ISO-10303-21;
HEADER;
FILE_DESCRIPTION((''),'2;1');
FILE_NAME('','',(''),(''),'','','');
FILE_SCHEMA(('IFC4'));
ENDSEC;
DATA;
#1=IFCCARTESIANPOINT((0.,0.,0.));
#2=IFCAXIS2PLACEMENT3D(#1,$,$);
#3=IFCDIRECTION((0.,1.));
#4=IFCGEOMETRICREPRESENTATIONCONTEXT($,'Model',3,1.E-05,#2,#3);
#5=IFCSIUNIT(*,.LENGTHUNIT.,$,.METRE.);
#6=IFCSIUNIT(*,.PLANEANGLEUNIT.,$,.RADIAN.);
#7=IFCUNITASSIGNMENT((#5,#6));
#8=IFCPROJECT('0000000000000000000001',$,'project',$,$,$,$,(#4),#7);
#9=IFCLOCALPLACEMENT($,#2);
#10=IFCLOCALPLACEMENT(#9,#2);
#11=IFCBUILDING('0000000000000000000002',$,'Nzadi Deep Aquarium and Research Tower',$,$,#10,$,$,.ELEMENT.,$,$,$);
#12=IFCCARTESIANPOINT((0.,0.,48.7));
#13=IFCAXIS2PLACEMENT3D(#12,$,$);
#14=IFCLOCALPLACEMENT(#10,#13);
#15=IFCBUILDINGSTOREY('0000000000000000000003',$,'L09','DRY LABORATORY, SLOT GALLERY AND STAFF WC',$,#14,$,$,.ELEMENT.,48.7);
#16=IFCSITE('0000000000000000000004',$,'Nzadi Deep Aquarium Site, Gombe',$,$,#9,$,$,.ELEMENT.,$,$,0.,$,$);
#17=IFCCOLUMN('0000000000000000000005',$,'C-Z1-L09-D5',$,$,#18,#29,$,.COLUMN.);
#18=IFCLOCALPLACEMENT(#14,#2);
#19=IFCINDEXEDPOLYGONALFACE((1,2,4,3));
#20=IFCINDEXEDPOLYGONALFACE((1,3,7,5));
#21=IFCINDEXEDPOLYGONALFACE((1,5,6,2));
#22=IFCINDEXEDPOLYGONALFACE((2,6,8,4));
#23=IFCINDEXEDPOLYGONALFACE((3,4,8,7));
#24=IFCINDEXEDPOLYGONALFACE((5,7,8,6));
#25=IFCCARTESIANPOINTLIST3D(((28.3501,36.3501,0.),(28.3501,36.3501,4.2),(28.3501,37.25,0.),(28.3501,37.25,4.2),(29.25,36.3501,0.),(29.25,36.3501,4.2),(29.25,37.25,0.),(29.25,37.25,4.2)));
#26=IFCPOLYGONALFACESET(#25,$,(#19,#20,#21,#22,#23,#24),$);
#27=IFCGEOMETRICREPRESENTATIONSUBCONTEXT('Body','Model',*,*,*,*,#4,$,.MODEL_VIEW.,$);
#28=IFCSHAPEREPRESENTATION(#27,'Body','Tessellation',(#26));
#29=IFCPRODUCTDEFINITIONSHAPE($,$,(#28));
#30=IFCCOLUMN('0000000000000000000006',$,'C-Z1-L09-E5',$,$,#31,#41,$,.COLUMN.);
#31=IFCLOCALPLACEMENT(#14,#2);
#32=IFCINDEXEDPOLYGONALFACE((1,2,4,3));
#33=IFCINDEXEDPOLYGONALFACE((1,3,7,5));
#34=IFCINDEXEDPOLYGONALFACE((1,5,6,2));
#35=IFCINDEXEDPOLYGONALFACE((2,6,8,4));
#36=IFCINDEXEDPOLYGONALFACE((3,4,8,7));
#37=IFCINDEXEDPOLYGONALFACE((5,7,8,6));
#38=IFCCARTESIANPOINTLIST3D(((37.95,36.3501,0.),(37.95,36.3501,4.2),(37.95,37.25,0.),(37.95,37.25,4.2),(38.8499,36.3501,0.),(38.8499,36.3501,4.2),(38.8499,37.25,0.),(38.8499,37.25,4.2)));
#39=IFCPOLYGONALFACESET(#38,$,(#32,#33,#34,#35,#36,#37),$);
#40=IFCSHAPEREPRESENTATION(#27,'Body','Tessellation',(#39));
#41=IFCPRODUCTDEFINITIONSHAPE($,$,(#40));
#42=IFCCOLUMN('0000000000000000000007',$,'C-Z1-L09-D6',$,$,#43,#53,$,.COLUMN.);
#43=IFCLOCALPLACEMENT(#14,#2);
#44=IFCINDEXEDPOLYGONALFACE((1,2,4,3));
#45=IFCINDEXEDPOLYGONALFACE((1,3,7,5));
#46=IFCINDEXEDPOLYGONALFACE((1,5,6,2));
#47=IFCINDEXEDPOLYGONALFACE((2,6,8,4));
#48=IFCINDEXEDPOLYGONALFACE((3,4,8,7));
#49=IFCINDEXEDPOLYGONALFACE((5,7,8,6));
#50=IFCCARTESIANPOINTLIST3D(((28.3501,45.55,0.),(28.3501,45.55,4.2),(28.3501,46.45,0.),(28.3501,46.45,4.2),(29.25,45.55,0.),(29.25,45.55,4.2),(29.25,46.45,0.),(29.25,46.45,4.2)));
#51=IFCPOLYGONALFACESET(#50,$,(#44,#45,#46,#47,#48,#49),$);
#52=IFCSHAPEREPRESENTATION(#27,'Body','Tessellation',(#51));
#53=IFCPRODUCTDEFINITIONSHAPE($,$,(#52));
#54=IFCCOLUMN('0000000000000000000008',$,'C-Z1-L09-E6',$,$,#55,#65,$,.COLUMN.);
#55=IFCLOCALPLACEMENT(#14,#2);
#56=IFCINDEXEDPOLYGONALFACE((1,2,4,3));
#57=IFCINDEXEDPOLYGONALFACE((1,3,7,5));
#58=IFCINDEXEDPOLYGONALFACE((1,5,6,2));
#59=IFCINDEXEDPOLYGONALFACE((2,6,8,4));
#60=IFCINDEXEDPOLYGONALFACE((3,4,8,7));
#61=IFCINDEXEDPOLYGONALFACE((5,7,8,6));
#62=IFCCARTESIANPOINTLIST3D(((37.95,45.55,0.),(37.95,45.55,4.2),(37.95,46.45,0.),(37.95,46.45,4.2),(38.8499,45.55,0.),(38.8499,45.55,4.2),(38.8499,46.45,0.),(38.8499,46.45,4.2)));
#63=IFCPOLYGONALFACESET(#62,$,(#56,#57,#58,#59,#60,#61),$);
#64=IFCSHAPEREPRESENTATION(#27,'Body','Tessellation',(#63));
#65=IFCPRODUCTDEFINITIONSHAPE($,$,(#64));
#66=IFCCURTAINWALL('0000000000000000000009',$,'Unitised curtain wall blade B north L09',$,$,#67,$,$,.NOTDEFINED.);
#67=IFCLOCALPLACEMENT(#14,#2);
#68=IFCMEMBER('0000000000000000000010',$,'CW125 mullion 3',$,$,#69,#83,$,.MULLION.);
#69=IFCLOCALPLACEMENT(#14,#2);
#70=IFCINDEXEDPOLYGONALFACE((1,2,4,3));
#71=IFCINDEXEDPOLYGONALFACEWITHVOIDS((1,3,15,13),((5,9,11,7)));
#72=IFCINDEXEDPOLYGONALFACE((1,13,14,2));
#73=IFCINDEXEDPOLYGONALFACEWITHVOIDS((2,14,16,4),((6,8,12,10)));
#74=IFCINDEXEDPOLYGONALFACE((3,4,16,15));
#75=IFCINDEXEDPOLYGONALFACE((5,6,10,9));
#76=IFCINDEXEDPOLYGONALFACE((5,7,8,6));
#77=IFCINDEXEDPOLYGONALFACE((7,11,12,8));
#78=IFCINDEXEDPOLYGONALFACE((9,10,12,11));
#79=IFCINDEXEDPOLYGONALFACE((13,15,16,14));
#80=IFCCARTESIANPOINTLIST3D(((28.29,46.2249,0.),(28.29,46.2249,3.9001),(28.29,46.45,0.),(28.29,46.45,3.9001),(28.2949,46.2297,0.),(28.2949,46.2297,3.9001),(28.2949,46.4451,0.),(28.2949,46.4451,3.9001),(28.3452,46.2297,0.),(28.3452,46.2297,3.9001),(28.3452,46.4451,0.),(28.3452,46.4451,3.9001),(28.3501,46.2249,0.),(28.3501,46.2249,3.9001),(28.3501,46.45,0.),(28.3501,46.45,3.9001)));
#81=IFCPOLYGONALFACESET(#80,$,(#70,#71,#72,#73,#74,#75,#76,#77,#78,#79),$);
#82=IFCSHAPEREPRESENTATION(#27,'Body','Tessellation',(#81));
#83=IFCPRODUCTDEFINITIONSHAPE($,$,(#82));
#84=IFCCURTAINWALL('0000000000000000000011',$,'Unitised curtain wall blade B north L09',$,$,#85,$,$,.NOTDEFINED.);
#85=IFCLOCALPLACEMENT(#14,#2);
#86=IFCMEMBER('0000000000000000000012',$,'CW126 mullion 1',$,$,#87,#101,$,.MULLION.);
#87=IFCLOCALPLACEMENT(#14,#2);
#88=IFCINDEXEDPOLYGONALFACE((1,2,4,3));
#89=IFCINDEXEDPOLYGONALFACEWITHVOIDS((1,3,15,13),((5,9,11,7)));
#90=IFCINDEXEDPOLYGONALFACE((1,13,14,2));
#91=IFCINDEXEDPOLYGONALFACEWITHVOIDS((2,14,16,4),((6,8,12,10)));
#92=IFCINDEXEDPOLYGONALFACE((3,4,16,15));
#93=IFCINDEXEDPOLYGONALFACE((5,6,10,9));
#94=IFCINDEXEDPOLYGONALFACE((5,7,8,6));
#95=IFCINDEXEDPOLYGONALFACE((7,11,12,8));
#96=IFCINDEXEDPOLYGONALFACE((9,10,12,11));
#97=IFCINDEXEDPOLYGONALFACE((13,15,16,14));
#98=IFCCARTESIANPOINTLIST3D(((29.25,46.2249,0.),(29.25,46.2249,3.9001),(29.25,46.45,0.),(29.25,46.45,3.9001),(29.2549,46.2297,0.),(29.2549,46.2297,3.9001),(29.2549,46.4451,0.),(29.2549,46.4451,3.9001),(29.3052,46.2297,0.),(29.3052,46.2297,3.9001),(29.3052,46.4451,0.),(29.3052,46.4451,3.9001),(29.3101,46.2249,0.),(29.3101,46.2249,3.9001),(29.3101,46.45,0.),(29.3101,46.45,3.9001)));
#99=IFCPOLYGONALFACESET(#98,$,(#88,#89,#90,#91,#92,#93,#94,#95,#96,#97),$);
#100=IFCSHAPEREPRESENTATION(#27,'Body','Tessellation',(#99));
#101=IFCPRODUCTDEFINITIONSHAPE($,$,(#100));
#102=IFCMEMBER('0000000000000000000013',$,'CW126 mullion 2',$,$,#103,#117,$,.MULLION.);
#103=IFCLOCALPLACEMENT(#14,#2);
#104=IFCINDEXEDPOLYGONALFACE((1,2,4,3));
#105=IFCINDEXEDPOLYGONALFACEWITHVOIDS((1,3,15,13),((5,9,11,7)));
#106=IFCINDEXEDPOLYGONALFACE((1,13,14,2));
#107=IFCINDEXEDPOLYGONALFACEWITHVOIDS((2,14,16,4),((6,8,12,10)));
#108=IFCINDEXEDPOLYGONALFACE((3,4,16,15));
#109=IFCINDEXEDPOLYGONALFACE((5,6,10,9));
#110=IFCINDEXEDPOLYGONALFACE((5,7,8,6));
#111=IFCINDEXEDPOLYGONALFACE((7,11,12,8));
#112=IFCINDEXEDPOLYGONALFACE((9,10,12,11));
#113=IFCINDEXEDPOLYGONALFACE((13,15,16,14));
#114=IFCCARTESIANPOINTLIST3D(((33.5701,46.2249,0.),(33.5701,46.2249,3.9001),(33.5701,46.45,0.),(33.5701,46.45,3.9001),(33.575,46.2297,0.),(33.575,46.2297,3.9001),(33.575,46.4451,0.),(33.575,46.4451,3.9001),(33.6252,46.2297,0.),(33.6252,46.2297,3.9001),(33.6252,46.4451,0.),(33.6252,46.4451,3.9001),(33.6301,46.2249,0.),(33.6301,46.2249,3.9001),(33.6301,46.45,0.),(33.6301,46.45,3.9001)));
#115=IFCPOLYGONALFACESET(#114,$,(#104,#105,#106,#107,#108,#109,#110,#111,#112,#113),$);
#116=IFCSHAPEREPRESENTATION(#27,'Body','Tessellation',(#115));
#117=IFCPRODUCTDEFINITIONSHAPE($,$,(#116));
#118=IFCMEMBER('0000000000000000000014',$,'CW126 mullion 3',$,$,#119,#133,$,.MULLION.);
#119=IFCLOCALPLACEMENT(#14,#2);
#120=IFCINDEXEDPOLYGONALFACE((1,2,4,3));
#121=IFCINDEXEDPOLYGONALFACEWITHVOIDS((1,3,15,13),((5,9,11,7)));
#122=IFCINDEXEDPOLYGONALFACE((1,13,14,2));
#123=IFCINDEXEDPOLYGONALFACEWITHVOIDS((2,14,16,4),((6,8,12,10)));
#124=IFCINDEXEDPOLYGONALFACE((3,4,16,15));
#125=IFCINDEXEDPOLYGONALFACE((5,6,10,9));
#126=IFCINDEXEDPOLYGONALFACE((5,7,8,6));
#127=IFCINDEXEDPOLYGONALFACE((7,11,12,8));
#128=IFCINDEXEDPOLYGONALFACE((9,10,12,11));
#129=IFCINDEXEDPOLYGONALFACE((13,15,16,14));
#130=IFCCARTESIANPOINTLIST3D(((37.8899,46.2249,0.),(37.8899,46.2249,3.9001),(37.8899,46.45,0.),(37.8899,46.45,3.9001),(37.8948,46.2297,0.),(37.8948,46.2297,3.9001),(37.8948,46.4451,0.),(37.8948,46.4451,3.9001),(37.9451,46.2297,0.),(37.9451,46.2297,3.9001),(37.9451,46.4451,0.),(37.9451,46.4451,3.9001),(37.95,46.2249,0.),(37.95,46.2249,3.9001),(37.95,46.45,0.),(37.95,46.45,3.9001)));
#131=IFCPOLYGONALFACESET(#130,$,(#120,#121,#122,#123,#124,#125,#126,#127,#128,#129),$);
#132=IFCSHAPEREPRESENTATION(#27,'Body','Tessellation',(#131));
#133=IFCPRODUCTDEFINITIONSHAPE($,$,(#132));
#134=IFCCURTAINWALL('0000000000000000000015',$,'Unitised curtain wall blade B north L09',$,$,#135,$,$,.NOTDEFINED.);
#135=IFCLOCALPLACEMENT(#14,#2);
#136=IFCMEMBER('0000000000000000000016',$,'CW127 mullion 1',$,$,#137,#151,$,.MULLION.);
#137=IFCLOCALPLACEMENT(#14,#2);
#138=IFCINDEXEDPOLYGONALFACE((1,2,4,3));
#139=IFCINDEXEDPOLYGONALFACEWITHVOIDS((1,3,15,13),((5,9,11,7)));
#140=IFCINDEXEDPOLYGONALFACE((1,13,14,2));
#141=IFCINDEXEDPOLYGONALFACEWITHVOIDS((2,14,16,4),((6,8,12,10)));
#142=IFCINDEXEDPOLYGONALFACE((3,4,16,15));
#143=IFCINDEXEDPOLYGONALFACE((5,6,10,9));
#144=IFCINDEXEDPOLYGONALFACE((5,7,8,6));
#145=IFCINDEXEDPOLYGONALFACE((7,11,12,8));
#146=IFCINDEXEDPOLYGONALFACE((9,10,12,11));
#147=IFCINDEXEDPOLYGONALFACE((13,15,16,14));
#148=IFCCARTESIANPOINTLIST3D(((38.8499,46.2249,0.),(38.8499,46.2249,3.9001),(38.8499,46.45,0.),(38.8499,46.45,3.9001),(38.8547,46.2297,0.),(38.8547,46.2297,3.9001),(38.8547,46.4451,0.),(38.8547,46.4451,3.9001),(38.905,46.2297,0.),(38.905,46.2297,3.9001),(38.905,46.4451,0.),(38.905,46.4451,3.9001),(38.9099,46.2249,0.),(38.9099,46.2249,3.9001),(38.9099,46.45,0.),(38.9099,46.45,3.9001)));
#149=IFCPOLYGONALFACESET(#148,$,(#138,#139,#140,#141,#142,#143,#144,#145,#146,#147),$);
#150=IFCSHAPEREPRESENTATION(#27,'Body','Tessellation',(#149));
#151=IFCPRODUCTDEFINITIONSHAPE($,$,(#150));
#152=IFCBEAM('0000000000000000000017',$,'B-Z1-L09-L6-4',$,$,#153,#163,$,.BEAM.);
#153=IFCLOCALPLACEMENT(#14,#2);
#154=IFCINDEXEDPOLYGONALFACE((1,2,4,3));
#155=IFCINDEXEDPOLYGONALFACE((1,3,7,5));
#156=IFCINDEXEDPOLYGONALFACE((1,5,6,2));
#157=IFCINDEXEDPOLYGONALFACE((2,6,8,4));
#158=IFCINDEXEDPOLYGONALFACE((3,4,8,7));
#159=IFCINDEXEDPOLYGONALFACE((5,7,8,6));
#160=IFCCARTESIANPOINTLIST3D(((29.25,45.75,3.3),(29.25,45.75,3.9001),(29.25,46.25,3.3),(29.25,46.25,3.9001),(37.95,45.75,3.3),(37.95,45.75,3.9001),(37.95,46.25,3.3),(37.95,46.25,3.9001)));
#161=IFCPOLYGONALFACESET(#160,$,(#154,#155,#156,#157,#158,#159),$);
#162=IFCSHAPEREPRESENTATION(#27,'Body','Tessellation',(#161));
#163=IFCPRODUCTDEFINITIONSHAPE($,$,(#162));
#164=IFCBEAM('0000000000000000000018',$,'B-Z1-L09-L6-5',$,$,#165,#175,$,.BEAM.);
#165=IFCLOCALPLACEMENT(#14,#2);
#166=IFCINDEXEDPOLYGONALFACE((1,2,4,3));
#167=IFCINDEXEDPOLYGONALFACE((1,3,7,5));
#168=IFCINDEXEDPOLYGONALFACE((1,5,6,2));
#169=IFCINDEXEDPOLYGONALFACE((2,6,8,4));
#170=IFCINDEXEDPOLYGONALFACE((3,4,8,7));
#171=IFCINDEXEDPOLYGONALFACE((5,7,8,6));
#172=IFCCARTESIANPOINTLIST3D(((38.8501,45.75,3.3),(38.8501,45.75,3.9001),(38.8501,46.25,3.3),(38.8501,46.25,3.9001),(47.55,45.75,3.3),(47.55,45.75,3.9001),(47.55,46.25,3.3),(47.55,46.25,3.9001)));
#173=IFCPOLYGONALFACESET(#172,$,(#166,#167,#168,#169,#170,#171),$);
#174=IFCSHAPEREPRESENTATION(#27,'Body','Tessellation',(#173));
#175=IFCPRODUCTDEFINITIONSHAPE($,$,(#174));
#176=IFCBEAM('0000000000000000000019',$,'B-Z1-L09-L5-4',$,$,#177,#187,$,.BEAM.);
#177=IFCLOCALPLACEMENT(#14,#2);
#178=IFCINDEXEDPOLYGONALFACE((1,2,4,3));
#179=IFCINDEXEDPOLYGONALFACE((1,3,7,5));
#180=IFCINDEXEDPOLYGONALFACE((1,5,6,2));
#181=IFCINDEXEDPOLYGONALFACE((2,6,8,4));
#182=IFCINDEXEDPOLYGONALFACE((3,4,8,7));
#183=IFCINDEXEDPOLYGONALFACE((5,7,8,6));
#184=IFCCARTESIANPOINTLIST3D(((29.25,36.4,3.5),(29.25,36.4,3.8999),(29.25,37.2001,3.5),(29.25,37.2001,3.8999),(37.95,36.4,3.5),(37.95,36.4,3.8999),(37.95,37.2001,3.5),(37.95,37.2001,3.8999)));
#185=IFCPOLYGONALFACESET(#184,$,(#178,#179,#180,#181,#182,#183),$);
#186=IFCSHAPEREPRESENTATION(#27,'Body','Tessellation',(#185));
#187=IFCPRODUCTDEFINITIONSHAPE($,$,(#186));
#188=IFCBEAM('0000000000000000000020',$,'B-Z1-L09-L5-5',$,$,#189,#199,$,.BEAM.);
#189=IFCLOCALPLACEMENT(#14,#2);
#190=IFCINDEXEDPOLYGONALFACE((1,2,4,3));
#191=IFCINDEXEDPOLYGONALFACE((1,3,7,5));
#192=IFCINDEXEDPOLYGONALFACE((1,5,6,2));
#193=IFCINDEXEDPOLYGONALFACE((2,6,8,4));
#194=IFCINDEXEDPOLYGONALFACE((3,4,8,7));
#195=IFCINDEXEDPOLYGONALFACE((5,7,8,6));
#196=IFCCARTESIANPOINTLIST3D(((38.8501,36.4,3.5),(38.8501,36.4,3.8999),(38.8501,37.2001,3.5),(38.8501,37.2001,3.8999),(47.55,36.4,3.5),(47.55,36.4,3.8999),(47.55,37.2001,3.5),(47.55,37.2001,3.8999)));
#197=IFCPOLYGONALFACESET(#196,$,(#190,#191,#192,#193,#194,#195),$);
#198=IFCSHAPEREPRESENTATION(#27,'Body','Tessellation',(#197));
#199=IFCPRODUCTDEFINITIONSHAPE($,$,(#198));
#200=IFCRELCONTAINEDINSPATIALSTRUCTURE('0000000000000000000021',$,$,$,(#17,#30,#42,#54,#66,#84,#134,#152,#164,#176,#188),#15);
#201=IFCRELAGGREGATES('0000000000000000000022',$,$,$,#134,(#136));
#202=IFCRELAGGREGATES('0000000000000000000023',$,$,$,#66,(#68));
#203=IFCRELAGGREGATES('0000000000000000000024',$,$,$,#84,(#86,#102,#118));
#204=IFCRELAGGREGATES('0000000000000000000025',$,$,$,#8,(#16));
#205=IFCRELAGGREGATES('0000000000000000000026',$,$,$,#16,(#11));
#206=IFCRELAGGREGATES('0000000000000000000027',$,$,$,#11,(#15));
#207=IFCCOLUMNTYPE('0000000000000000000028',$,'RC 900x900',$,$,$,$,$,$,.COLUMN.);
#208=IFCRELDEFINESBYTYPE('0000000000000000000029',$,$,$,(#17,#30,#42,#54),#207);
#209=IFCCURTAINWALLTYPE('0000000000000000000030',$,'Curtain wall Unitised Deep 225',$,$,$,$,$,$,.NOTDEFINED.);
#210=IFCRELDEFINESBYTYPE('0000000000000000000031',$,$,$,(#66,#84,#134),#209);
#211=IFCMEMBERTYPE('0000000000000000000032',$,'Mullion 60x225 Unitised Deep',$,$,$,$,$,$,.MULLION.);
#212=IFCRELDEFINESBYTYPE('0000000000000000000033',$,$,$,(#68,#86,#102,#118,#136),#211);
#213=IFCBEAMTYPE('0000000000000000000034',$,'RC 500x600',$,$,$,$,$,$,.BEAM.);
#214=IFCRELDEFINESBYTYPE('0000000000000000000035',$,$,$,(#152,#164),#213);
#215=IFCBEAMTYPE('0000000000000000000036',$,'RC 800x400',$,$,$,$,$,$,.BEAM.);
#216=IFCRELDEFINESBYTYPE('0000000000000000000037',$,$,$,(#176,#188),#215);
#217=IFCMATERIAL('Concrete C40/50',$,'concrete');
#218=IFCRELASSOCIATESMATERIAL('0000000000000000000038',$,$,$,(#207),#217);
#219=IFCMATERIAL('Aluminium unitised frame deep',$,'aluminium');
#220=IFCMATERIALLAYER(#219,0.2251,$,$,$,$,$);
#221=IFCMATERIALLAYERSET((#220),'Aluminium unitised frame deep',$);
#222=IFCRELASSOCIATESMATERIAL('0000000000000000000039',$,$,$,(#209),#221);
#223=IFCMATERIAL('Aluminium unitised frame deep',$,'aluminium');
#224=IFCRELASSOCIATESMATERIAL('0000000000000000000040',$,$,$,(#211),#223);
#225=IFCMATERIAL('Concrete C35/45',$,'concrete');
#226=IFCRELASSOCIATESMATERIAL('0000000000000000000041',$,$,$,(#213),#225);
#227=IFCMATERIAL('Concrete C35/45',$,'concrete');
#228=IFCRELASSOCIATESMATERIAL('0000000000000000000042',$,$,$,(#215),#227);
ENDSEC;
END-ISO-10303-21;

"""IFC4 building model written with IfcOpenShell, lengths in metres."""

from ifc_helpers import new_model, si_unit, direction, frame, origin, origin_2d, place, context, subcontext, project, spatial, rectangle, hollow_rectangle, extrude, material, layer, layer_set, material_profile, profile_set, type_object, element, aggregate, save


model = new_model("IFC4")

# Units and contexts
model_context = context("Model", 3, precision=1e-05, world=origin(), true_north=direction((0.0, 1.0)))
body_context = subcontext(model_context, "Body", "Model", "MODEL_VIEW")
ifc_project = project(units=[si_unit("LENGTHUNIT", "METRE"), si_unit("PLANEANGLEUNIT", "RADIAN")], contexts=[model_context])

# Site, building, storey
site_placement = place(None, origin())
site = spatial("IfcSite", under=ifc_project, at=site_placement, Name="Nzadi Deep Aquarium Site, Gombe", CompositionType="ELEMENT", RefElevation=0.0)
building_placement = place(site_placement, origin())
building = spatial("IfcBuilding", under=site, at=building_placement, Name="Nzadi Deep Aquarium and Research Tower", CompositionType="ELEMENT")
storey_placement = place(building_placement, frame((0.0, 0.0, 48.7)))
storey = spatial("IfcBuildingStorey", under=building, at=storey_placement, Name="L09", Description="DRY LABORATORY, SLOT GALLERY AND STAFF WC", CompositionType="ELEMENT", Elevation=48.7)

# Columns
ifc_material_1 = material(Name="Concrete C40/50", Category="concrete")
ifc_material_profile_1 = material_profile(ifc_material_1, rectangle(XDim=0.8999, YDim=0.8999, at=origin_2d()))
ifc_profile_set_1 = profile_set([ifc_material_profile_1], Name="Concrete C40/50")
column_type = type_object("IfcColumnType", Name="RC 900x900", PredefinedType="COLUMN", material=ifc_profile_set_1)
for number, where, z_axis, x_axis, name in (
    (1, (28.8, 36.8, 0.0), (0.0, 0.0, 1.0), (1.0, 0.0, 0.0), "C-Z1-L09-D5"),
    (2, (38.3999, 36.8, 0.0), (0.0, 0.0, 1.0), (1.0, 0.0, 0.0), "C-Z1-L09-E5"),
    (3, (28.8, 46.0, 0.0), (0.0, 0.0, 1.0), (1.0, 0.0, 0.0), "C-Z1-L09-D6"),
    (4, (38.3999, 46.0, 0.0), (0.0, 0.0, 1.0), (1.0, 0.0, 0.0), "C-Z1-L09-E6"),
):
    element("IfcColumn", number, at=place(storey_placement, frame(where, z_axis=z_axis, x_axis=x_axis)), inside=storey, type_object=column_type, Name=name, PredefinedType="COLUMN", context=body_context, shape_type="SweptSolid", body=[
        extrude(rectangle(XDim=0.8999, YDim=0.8999, at=origin_2d()), origin(), (0.0, 0.0, 1.0), 4.2),
    ])

# Curtain wall, member
ifc_material_2 = material(Name="Aluminium unitised frame deep", Category="aluminium")
ifc_layer_1 = layer(ifc_material_2, 0.2251)
ifc_layer_set_1 = layer_set([ifc_layer_1], Name="Aluminium unitised frame deep")
curtain_wall_type = type_object("IfcCurtainWallType", Name="Curtain wall Unitised Deep 225", PredefinedType="NOTDEFINED", material=ifc_layer_set_1)
curtain_wall_1_placement = place(storey_placement, origin())
curtain_wall_1 = element("IfcCurtainWall", 5, at=curtain_wall_1_placement, inside=storey, type_object=curtain_wall_type, Name="Unitised curtain wall blade B north L09", PredefinedType="NOTDEFINED")
ifc_material_3 = material(Name="Aluminium unitised frame deep", Category="aluminium")
ifc_material_profile_2 = material_profile(ifc_material_3, hollow_rectangle(XDim=0.2251, YDim=0.0601, WallThickness=0.0049, at=origin_2d()))
ifc_profile_set_2 = profile_set([ifc_material_profile_2], Name="Aluminium unitised frame deep")
member_type_1 = type_object("IfcMemberType", Name="Mullion 60x225 Unitised Deep", PredefinedType="MULLION", material=ifc_profile_set_2)
member_1_placement = place(storey_placement, frame((28.3201, 46.3374, 0.0), z_axis=(0.0, 0.0, 1.0), x_axis=(0.0, 1.0, 0.0)))
member_1 = element("IfcMember", 6, at=member_1_placement, type_object=member_type_1, Name="CW125 mullion 3", PredefinedType="MULLION", context=body_context, shape_type="SweptSolid", body=[
    extrude(hollow_rectangle(XDim=0.2251, YDim=0.0601, WallThickness=0.0049, at=origin_2d()), origin(), (0.0, 0.0, 1.0), 3.9001),
])

# Curtain wall, members
curtain_wall_2_placement = place(storey_placement, origin())
curtain_wall_2 = element("IfcCurtainWall", 7, at=curtain_wall_2_placement, inside=storey, type_object=curtain_wall_type, Name="Unitised curtain wall blade B north L09", PredefinedType="NOTDEFINED")
member_2_placement = place(storey_placement, frame((29.28, 46.3374, 0.0), z_axis=(0.0, 0.0, 1.0), x_axis=(0.0, 1.0, 0.0)))
member_2 = element("IfcMember", 8, at=member_2_placement, type_object=member_type_1, Name="CW126 mullion 1", PredefinedType="MULLION", context=body_context, shape_type="SweptSolid", body=[
    extrude(hollow_rectangle(XDim=0.2251, YDim=0.0601, WallThickness=0.0049, at=origin_2d()), origin(), (0.0, 0.0, 1.0), 3.9001),
])
member_3_placement = place(storey_placement, frame((33.6001, 46.3374, 0.0), z_axis=(0.0, 0.0, 1.0), x_axis=(0.0, 1.0, 0.0)))
member_3 = element("IfcMember", 9, at=member_3_placement, type_object=member_type_1, Name="CW126 mullion 2", PredefinedType="MULLION", context=body_context, shape_type="SweptSolid", body=[
    extrude(hollow_rectangle(XDim=0.2251, YDim=0.0601, WallThickness=0.0049, at=origin_2d()), origin(), (0.0, 0.0, 1.0), 3.9001),
])
member_4_placement = place(storey_placement, frame((37.9199, 46.3374, 0.0), z_axis=(0.0, 0.0, 1.0), x_axis=(0.0, 1.0, 0.0)))
member_4 = element("IfcMember", 10, at=member_4_placement, type_object=member_type_1, Name="CW126 mullion 3", PredefinedType="MULLION", context=body_context, shape_type="SweptSolid", body=[
    extrude(hollow_rectangle(XDim=0.2251, YDim=0.0601, WallThickness=0.0049, at=origin_2d()), origin(), (0.0, 0.0, 1.0), 3.9001),
])

# Curtain wall, member
curtain_wall_3_placement = place(storey_placement, origin())
curtain_wall_3 = element("IfcCurtainWall", 11, at=curtain_wall_3_placement, inside=storey, type_object=curtain_wall_type, Name="Unitised curtain wall blade B north L09", PredefinedType="NOTDEFINED")
member_5_placement = place(storey_placement, frame((38.8799, 46.3374, 0.0), z_axis=(0.0, 0.0, 1.0), x_axis=(0.0, 1.0, 0.0)))
member_5 = element("IfcMember", 12, at=member_5_placement, type_object=member_type_1, Name="CW127 mullion 1", PredefinedType="MULLION", context=body_context, shape_type="SweptSolid", body=[
    extrude(hollow_rectangle(XDim=0.2251, YDim=0.0601, WallThickness=0.0049, at=origin_2d()), origin(), (0.0, 0.0, 1.0), 3.9001),
])
aggregate(curtain_wall_3, [member_5])

# Beams
ifc_material_4 = material(Name="Concrete C35/45", Category="concrete")
ifc_material_profile_3 = material_profile(ifc_material_4, rectangle(XDim=0.5, YDim=0.6001, at=origin_2d()))
ifc_profile_set_3 = profile_set([ifc_material_profile_3], Name="Concrete C35/45")
beam_type_1 = type_object("IfcBeamType", Name="RC 500x600", PredefinedType="BEAM", material=ifc_profile_set_3)
for number, where, z_axis, x_axis, name in (
    (13, (29.25, 46.0, 3.6001), (1.0, 0.0, 0.0), (0.0, 1.0, 0.0), "B-Z1-L09-L6-4"),
    (14, (38.8501, 46.0, 3.6001), (1.0, 0.0, 0.0), (0.0, 1.0, 0.0), "B-Z1-L09-L6-5"),
):
    element("IfcBeam", number, at=place(storey_placement, frame(where, z_axis=z_axis, x_axis=x_axis)), inside=storey, type_object=beam_type_1, Name=name, PredefinedType="BEAM", context=body_context, shape_type="SweptSolid", body=[
        extrude(rectangle(XDim=0.5, YDim=0.6001, at=origin_2d()), origin(), (0.0, 0.0, 1.0), 8.7),
    ])
ifc_material_5 = material(Name="Concrete C35/45", Category="concrete")
ifc_material_profile_4 = material_profile(ifc_material_5, rectangle(XDim=0.8, YDim=0.3999, at=origin_2d()))
ifc_profile_set_4 = profile_set([ifc_material_profile_4], Name="Concrete C35/45")
beam_type_2 = type_object("IfcBeamType", Name="RC 800x400", PredefinedType="BEAM", material=ifc_profile_set_4)
for number, where, z_axis, x_axis, name in (
    (15, (29.25, 36.8, 3.7), (1.0, 0.0, 0.0), (0.0, 1.0, 0.0), "B-Z1-L09-L5-4"),
    (16, (38.8501, 36.8, 3.7), (1.0, 0.0, 0.0), (0.0, 1.0, 0.0), "B-Z1-L09-L5-5"),
):
    element("IfcBeam", number, at=place(storey_placement, frame(where, z_axis=z_axis, x_axis=x_axis)), inside=storey, type_object=beam_type_2, Name=name, PredefinedType="BEAM", context=body_context, shape_type="SweptSolid", body=[
        extrude(rectangle(XDim=0.8, YDim=0.3999, at=origin_2d()), origin(), (0.0, 0.0, 1.0), 8.7),
    ])

aggregate(curtain_wall_1, [member_1])
aggregate(curtain_wall_2, [member_2, member_3, member_4])

save(model, "model.ifc")
